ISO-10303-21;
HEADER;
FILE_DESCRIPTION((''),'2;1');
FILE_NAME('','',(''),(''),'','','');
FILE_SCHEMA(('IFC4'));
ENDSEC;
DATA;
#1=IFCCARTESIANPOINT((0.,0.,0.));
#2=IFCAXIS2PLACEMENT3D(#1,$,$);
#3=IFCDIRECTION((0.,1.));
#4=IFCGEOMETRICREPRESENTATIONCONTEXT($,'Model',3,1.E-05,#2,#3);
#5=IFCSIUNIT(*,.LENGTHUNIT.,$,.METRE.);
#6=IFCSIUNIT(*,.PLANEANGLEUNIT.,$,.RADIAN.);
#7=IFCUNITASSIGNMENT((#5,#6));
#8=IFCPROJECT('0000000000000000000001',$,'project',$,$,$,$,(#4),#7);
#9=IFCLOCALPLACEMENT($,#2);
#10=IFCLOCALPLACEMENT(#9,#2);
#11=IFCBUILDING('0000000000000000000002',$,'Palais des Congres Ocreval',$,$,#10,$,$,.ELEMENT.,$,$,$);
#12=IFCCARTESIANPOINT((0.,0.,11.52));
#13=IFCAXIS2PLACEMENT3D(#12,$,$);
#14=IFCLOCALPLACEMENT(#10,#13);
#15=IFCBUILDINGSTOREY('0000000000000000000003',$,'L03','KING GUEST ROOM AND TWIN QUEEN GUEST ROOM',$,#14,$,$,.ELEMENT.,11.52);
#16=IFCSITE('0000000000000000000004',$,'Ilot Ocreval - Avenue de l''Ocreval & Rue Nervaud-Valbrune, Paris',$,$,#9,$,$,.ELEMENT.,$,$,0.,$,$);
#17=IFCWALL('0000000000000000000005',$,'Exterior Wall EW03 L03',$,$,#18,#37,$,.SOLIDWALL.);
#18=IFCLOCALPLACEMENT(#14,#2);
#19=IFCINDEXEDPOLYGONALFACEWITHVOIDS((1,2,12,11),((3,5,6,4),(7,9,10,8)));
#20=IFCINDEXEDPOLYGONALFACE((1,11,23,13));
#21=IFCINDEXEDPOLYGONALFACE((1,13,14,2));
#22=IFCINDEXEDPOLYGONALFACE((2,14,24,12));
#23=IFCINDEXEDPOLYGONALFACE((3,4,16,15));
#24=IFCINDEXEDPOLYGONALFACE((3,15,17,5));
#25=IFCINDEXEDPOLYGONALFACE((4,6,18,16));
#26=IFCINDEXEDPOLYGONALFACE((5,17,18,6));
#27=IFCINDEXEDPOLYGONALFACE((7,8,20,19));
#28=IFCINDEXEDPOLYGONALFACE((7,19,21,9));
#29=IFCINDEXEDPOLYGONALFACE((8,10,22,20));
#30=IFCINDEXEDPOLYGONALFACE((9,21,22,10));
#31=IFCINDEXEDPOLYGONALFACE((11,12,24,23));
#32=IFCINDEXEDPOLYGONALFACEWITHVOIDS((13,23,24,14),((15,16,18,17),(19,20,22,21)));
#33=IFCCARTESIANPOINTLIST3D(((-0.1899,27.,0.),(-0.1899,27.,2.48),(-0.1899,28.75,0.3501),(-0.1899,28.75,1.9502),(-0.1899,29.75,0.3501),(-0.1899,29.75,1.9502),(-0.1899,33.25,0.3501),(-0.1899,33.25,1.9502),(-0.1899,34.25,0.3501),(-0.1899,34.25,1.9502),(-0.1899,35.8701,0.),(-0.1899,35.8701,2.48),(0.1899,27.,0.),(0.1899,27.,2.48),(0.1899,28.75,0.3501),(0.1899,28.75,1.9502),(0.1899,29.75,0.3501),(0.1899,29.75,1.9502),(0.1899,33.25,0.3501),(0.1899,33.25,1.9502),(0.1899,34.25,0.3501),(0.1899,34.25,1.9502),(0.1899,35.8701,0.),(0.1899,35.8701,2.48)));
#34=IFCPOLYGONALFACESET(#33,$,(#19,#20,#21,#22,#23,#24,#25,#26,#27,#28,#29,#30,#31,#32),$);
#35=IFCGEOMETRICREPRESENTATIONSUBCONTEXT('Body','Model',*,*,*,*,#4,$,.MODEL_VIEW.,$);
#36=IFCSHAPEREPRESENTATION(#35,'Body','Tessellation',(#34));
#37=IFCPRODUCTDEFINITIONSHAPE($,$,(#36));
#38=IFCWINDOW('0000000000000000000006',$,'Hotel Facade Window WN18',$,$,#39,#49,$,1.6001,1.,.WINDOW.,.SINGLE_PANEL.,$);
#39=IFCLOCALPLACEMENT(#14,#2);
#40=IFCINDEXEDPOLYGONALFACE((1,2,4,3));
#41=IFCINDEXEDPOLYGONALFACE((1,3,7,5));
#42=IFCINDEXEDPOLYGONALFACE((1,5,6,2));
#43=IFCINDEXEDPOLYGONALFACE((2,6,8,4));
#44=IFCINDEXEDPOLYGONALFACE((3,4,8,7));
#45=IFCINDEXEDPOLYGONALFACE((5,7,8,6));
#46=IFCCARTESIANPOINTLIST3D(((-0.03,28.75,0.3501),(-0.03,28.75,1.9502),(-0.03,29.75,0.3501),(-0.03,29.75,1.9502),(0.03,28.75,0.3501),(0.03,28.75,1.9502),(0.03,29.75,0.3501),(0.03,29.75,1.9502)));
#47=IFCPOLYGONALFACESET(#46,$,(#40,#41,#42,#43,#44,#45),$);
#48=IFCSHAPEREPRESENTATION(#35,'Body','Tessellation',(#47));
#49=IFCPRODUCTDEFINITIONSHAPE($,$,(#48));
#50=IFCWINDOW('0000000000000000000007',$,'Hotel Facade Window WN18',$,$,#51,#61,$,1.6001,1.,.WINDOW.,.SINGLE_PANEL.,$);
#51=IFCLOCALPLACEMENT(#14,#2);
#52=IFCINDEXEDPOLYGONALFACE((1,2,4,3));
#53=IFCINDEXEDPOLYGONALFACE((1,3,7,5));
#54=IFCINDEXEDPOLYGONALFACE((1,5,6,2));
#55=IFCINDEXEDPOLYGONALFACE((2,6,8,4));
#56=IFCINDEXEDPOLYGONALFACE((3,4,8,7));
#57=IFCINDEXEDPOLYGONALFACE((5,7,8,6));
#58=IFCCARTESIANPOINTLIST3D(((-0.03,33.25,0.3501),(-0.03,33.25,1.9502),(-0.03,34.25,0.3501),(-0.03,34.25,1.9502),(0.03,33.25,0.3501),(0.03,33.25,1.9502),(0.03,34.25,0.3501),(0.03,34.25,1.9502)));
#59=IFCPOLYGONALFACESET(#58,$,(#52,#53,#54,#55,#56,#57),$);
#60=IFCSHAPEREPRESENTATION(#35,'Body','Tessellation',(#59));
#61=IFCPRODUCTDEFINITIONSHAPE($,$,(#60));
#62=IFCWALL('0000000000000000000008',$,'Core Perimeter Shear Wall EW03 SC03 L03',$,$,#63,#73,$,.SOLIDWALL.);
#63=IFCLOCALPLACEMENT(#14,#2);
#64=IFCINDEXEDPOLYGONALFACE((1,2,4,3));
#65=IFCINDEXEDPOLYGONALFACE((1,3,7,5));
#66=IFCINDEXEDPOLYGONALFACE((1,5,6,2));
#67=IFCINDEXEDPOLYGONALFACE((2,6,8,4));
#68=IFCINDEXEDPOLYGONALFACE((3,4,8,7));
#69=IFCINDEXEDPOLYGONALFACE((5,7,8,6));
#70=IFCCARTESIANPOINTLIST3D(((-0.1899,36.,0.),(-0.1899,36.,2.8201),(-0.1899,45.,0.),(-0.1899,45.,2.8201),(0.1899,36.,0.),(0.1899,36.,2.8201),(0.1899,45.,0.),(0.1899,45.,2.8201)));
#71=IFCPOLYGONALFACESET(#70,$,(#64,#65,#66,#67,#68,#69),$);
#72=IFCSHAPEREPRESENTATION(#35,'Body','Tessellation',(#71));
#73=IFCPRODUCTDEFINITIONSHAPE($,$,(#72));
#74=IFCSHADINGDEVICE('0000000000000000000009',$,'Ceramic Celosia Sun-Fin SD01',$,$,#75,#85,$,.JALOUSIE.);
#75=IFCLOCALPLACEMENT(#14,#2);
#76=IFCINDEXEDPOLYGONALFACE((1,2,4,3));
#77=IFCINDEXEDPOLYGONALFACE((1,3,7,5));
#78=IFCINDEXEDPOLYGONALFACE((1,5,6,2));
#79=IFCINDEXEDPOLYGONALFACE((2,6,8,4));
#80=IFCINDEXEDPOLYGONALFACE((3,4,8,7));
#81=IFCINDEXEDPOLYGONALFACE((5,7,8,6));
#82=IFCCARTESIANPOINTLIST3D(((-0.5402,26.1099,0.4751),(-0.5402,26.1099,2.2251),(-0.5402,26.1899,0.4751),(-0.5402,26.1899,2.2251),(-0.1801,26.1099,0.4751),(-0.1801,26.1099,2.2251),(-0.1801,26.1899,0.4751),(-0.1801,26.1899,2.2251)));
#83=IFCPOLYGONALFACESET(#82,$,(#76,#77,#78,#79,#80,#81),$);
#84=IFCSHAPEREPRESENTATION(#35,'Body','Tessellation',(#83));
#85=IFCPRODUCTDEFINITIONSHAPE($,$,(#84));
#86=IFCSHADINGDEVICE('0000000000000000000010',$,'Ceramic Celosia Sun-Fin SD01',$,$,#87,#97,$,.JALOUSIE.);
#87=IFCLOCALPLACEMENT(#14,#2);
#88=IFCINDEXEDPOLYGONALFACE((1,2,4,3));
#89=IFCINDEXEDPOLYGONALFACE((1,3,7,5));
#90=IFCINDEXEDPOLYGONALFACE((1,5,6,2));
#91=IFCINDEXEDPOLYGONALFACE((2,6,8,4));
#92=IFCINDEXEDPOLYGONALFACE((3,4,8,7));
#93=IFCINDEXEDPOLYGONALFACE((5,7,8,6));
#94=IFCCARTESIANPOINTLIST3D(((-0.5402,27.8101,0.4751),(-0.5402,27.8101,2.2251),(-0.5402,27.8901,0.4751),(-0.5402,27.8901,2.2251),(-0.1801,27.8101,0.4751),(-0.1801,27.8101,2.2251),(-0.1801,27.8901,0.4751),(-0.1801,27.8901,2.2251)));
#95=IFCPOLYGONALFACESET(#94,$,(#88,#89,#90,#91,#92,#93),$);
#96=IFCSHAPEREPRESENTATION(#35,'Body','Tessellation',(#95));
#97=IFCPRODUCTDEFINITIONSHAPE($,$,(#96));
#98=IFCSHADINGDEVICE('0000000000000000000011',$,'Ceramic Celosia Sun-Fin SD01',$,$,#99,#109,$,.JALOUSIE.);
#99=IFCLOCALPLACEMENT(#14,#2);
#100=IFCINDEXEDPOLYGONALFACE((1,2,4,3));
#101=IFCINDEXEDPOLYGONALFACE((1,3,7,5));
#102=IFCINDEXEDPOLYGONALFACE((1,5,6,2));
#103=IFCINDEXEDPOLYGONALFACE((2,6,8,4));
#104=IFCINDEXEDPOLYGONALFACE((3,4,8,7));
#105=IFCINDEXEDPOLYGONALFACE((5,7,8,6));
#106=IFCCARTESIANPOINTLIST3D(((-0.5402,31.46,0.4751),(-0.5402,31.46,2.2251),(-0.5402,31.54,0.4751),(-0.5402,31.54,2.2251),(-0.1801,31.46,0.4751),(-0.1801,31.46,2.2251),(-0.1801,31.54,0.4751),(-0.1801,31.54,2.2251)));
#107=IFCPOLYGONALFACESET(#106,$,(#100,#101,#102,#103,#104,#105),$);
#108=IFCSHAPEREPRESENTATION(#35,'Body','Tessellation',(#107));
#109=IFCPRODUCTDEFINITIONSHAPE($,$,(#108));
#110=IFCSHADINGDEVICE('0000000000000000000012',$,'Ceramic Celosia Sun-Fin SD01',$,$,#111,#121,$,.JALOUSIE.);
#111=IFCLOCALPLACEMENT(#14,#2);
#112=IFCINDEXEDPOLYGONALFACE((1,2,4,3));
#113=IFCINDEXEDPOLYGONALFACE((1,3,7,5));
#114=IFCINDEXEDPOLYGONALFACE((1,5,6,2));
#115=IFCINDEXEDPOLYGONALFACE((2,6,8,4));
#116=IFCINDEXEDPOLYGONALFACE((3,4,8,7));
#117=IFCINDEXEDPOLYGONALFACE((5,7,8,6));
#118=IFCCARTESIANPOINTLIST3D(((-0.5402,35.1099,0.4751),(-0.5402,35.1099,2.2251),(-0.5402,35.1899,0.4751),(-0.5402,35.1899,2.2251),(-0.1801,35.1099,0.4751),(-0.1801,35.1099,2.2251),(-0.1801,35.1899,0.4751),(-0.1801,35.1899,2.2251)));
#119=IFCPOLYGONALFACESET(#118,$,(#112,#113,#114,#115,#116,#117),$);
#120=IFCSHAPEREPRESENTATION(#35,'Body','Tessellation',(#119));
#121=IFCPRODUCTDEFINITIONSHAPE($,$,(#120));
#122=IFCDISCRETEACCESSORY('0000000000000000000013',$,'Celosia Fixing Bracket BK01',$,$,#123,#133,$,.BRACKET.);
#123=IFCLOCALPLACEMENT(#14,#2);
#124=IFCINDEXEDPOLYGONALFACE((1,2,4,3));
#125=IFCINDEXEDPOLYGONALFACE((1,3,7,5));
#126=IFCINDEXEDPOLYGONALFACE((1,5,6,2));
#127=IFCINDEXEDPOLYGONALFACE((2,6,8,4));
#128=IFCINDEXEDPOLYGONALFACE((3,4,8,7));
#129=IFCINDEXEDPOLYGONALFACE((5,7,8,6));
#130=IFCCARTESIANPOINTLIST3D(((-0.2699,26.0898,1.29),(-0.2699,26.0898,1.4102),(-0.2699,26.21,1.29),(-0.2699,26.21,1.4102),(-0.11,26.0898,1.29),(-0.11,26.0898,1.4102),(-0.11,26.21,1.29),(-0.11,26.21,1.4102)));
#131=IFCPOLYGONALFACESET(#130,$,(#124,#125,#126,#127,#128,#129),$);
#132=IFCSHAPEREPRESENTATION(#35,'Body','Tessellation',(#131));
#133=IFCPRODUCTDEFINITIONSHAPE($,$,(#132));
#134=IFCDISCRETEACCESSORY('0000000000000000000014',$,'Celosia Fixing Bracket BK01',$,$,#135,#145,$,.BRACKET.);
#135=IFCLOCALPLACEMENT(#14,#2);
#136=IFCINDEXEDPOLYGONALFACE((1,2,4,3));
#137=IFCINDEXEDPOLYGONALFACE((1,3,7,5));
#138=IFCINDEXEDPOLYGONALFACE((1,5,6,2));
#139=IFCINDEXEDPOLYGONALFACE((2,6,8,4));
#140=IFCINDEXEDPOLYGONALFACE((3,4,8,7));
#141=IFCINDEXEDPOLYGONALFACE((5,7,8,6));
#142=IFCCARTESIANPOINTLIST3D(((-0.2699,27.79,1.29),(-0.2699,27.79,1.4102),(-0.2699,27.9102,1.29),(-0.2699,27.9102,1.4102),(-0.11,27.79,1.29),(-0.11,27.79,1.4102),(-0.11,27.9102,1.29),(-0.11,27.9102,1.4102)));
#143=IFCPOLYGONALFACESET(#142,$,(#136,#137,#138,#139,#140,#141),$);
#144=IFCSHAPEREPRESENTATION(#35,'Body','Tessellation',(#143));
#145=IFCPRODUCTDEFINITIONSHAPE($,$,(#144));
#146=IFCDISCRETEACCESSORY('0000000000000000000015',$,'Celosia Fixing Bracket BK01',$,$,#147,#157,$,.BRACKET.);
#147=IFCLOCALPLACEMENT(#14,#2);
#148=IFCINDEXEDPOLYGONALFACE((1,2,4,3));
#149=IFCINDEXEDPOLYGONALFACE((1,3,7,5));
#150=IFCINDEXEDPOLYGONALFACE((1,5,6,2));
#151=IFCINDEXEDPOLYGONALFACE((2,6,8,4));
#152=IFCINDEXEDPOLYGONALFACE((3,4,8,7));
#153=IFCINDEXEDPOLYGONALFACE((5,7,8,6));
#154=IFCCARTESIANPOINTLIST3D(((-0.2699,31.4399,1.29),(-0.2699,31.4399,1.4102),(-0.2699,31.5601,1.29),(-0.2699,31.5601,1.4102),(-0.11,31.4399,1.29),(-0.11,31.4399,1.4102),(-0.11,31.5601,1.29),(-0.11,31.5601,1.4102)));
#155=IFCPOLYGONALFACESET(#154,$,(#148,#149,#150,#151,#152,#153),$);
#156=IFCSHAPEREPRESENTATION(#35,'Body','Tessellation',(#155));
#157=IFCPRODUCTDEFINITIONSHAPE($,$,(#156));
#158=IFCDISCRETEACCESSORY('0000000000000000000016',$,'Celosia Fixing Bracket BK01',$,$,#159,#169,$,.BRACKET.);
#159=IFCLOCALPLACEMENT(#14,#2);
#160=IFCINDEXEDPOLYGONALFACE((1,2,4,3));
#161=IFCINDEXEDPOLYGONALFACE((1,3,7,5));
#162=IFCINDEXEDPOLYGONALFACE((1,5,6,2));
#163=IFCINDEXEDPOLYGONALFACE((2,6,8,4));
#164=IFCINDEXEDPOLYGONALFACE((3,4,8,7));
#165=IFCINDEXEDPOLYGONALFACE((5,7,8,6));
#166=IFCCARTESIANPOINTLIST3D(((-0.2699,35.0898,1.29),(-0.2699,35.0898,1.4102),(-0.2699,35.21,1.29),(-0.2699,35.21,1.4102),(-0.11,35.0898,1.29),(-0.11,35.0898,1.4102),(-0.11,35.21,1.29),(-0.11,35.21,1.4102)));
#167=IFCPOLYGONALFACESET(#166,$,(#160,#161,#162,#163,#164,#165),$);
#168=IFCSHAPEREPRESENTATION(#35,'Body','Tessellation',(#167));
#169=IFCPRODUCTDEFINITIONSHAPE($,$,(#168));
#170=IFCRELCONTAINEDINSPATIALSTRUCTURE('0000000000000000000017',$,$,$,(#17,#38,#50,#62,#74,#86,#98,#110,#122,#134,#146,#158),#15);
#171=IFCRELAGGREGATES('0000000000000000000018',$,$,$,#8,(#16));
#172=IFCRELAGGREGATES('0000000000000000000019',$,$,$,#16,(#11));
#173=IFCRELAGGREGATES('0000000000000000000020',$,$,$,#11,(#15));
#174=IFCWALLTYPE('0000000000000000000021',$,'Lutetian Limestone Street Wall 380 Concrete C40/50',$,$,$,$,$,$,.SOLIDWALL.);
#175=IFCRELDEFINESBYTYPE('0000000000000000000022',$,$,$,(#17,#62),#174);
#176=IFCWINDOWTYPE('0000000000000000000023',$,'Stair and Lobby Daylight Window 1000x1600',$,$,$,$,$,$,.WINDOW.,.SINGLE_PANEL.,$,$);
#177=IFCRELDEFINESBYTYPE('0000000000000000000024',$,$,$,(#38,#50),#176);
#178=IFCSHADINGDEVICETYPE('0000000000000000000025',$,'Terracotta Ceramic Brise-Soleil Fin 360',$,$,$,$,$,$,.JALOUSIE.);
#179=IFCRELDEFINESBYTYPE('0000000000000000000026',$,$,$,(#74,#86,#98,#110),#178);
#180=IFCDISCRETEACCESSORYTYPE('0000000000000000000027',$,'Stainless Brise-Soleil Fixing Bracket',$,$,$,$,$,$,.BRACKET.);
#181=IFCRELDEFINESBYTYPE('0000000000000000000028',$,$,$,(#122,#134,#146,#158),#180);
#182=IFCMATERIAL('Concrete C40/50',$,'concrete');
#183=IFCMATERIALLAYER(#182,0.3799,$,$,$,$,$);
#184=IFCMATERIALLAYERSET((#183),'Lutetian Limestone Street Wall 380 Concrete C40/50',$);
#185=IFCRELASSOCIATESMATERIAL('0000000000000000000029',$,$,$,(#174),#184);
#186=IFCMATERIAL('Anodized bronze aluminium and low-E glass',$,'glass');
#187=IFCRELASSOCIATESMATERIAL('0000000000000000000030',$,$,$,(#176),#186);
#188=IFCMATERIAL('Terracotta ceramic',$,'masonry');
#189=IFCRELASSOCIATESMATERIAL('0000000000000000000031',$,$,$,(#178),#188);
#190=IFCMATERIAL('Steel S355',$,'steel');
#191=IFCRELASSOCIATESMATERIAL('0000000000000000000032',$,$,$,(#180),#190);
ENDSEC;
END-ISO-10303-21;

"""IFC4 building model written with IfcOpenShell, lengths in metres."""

from ifc_helpers import new_model, si_unit, direction, frame, frame_2d, origin, origin_2d, place, context, subcontext, project, spatial, rectangle, extrude, material, layer, layer_set, type_object, element, fill, save


model = new_model("IFC4")

# Units and contexts
model_context = context("Model", 3, precision=1e-05, world=origin(), true_north=direction((0.0, 1.0)))
body_context = subcontext(model_context, "Body", "Model", "MODEL_VIEW")
ifc_project = project(units=[si_unit("LENGTHUNIT", "METRE"), si_unit("PLANEANGLEUNIT", "RADIAN")], contexts=[model_context])

# Site, building, storey
site_placement = place(None, origin())
site = spatial("IfcSite", under=ifc_project, at=site_placement, Name="Ilot Ocreval - Avenue de l'Ocreval & Rue Nervaud-Valbrune, Paris", CompositionType="ELEMENT", RefElevation=0.0)
building_placement = place(site_placement, origin())
building = spatial("IfcBuilding", under=site, at=building_placement, Name="Palais des Congres Ocreval", CompositionType="ELEMENT")
storey_placement = place(building_placement, frame((0.0, 0.0, 11.52)))
storey = spatial("IfcBuildingStorey", under=building, at=storey_placement, Name="L03", Description="KING GUEST ROOM AND TWIN QUEEN GUEST ROOM", CompositionType="ELEMENT", Elevation=11.52)

# Shared definitions
ifc_material_1 = material(Name="Steel S355", Category="steel")
ifc_material_2 = material(Name="Concrete C40/50", Category="concrete")

# Wall, openings, windows
ifc_layer_1 = layer(ifc_material_2, 0.3799)
ifc_layer_set_1 = layer_set([ifc_layer_1], Name="Lutetian Limestone Street Wall 380 Concrete C40/50")
wall_type_1 = type_object("IfcWallType", Name="Lutetian Limestone Street Wall 380 Concrete C40/50", PredefinedType="SOLIDWALL", material=ifc_layer_set_1)
wall_1_placement = place(storey_placement, frame((0.0, 27.0, 0.0), z_axis=(0.0, 0.0, 1.0), x_axis=(0.0, 1.0, 0.0)))
wall_1 = element("IfcWall", 1, at=wall_1_placement, inside=storey, type_object=wall_type_1, Name="Exterior Wall EW03 L03", PredefinedType="SOLIDWALL", context=body_context, shape_type="SweptSolid", body=[
    extrude(rectangle(XDim=8.8701, YDim=0.3799, at=frame_2d((4.4351, 0.0))), origin(), (0.0, 0.0, 1.0), 2.48),
])
opening_1_placement = place(wall_1_placement, frame((1.75, 0.0, 0.3501)))
opening_1 = element("IfcOpeningElement", 2, at=opening_1_placement, cuts=wall_1, PredefinedType="OPENING", context=body_context, shape_type="SweptSolid", body=[
    extrude(rectangle(XDim=1.0, YDim=1.6001, at=frame_2d((0.5, 0.8))), frame((0.0, 0.2, 0.0), z_axis=(0.0, -1.0, 0.0), x_axis=(1.0, 0.0, 0.0)), (0.0, 0.0, 1.0), 0.3999),
])
opening_2_placement = place(wall_1_placement, frame((6.25, 0.0, 0.3501)))
opening_2 = element("IfcOpeningElement", 3, at=opening_2_placement, cuts=wall_1, PredefinedType="OPENING", context=body_context, shape_type="SweptSolid", body=[
    extrude(rectangle(XDim=1.0, YDim=1.6001, at=frame_2d((0.5, 0.8))), frame((0.0, 0.2, 0.0), z_axis=(0.0, -1.0, 0.0), x_axis=(1.0, 0.0, 0.0)), (0.0, 0.0, 1.0), 0.3999),
])
ifc_material_3 = material(Name="Anodized bronze aluminium and low-E glass", Category="glass")
window_type = type_object("IfcWindowType", Name="Stair and Lobby Daylight Window 1000x1600", PartitioningType="SINGLE_PANEL", PredefinedType="WINDOW", material=ifc_material_3)
window_1_placement = place(opening_1_placement, origin())
window_1 = element("IfcWindow", 4, at=window_1_placement, inside=storey, type_object=window_type, Name="Hotel Facade Window WN18", OverallHeight=1.6001, OverallWidth=1.0, PartitioningType="SINGLE_PANEL", PredefinedType="WINDOW", context=body_context, shape_type="SweptSolid", body=[
    extrude(rectangle(XDim=1.0, YDim=1.6001, at=frame_2d((0.5, 0.8))), frame((0.0, 0.03, 0.0), z_axis=(0.0, -1.0, 0.0), x_axis=(1.0, 0.0, 0.0)), (0.0, 0.0, 1.0), 0.0601),
])
fill(opening_1, window_1)
window_2_placement = place(opening_2_placement, origin())
window_2 = element("IfcWindow", 5, at=window_2_placement, inside=storey, type_object=window_type, Name="Hotel Facade Window WN18", OverallHeight=1.6001, OverallWidth=1.0, PartitioningType="SINGLE_PANEL", PredefinedType="WINDOW", context=body_context, shape_type="SweptSolid", body=[
    extrude(rectangle(XDim=1.0, YDim=1.6001, at=frame_2d((0.5, 0.8))), frame((0.0, 0.03, 0.0), z_axis=(0.0, -1.0, 0.0), x_axis=(1.0, 0.0, 0.0)), (0.0, 0.0, 1.0), 0.0601),
])
fill(opening_2, window_2)

# Wall
wall_2_placement = place(storey_placement, frame((0.0, 36.0, 0.0), z_axis=(0.0, 0.0, 1.0), x_axis=(0.0, 1.0, 0.0)))
element("IfcWall", 6, at=wall_2_placement, inside=storey, type_object=wall_type_1, Name="Core Perimeter Shear Wall EW03 SC03 L03", PredefinedType="SOLIDWALL", context=body_context, shape_type="SweptSolid", body=[
    extrude(rectangle(XDim=9.0, YDim=0.3799, at=frame_2d((4.5, 0.0))), origin(), (0.0, 0.0, 1.0), 2.8201),
])

# Shading devices
ifc_material_4 = material(Name="Terracotta ceramic", Category="masonry")
shading_device_type = type_object("IfcShadingDeviceType", Name="Terracotta Ceramic Brise-Soleil Fin 360", PredefinedType="JALOUSIE", material=ifc_material_4)
for number, where, z_axis, x_axis, name in (
    (7, (-0.3601, 26.1499, 0.4751), (0.0, 0.0, 1.0), (-1.0, 0.0, 0.0), "Ceramic Celosia Sun-Fin SD01"),
    (8, (-0.3601, 27.8501, 0.4751), (0.0, 0.0, 1.0), (-1.0, 0.0, 0.0), "Ceramic Celosia Sun-Fin SD01"),
    (9, (-0.3601, 31.5, 0.4751), (0.0, 0.0, 1.0), (-1.0, 0.0, 0.0), "Ceramic Celosia Sun-Fin SD01"),
    (10, (-0.3601, 35.1499, 0.4751), (0.0, 0.0, 1.0), (-1.0, 0.0, 0.0), "Ceramic Celosia Sun-Fin SD01"),
):
    element("IfcShadingDevice", number, at=place(storey_placement, frame(where, z_axis=z_axis, x_axis=x_axis)), inside=storey, type_object=shading_device_type, Name=name, PredefinedType="JALOUSIE", context=body_context, shape_type="SweptSolid", body=[
        extrude(rectangle(XDim=0.3601, YDim=0.0801, at=origin_2d()), origin(), (0.0, 0.0, 1.0), 1.75),
    ])

# Discrete accessories
discrete_accessory_type = type_object("IfcDiscreteAccessoryType", Name="Stainless Brise-Soleil Fixing Bracket", PredefinedType="BRACKET", material=ifc_material_1)
for number, where, z_axis, x_axis, name in (
    (11, (-0.1899, 26.1499, 1.29), (0.0, 0.0, 1.0), (-1.0, 0.0, 0.0), "Celosia Fixing Bracket BK01"),
    (12, (-0.1899, 27.8501, 1.29), (0.0, 0.0, 1.0), (-1.0, 0.0, 0.0), "Celosia Fixing Bracket BK01"),
    (13, (-0.1899, 31.5, 1.29), (0.0, 0.0, 1.0), (-1.0, 0.0, 0.0), "Celosia Fixing Bracket BK01"),
    (14, (-0.1899, 35.1499, 1.29), (0.0, 0.0, 1.0), (-1.0, 0.0, 0.0), "Celosia Fixing Bracket BK01"),
):
    element("IfcDiscreteAccessory", number, at=place(storey_placement, frame(where, z_axis=z_axis, x_axis=x_axis)), inside=storey, type_object=discrete_accessory_type, Name=name, PredefinedType="BRACKET", context=body_context, shape_type="SweptSolid", body=[
        extrude(rectangle(XDim=0.1599, YDim=0.1201, at=origin_2d()), origin(), (0.0, 0.0, 1.0), 0.1201),
    ])

save(model, "model.ifc")
